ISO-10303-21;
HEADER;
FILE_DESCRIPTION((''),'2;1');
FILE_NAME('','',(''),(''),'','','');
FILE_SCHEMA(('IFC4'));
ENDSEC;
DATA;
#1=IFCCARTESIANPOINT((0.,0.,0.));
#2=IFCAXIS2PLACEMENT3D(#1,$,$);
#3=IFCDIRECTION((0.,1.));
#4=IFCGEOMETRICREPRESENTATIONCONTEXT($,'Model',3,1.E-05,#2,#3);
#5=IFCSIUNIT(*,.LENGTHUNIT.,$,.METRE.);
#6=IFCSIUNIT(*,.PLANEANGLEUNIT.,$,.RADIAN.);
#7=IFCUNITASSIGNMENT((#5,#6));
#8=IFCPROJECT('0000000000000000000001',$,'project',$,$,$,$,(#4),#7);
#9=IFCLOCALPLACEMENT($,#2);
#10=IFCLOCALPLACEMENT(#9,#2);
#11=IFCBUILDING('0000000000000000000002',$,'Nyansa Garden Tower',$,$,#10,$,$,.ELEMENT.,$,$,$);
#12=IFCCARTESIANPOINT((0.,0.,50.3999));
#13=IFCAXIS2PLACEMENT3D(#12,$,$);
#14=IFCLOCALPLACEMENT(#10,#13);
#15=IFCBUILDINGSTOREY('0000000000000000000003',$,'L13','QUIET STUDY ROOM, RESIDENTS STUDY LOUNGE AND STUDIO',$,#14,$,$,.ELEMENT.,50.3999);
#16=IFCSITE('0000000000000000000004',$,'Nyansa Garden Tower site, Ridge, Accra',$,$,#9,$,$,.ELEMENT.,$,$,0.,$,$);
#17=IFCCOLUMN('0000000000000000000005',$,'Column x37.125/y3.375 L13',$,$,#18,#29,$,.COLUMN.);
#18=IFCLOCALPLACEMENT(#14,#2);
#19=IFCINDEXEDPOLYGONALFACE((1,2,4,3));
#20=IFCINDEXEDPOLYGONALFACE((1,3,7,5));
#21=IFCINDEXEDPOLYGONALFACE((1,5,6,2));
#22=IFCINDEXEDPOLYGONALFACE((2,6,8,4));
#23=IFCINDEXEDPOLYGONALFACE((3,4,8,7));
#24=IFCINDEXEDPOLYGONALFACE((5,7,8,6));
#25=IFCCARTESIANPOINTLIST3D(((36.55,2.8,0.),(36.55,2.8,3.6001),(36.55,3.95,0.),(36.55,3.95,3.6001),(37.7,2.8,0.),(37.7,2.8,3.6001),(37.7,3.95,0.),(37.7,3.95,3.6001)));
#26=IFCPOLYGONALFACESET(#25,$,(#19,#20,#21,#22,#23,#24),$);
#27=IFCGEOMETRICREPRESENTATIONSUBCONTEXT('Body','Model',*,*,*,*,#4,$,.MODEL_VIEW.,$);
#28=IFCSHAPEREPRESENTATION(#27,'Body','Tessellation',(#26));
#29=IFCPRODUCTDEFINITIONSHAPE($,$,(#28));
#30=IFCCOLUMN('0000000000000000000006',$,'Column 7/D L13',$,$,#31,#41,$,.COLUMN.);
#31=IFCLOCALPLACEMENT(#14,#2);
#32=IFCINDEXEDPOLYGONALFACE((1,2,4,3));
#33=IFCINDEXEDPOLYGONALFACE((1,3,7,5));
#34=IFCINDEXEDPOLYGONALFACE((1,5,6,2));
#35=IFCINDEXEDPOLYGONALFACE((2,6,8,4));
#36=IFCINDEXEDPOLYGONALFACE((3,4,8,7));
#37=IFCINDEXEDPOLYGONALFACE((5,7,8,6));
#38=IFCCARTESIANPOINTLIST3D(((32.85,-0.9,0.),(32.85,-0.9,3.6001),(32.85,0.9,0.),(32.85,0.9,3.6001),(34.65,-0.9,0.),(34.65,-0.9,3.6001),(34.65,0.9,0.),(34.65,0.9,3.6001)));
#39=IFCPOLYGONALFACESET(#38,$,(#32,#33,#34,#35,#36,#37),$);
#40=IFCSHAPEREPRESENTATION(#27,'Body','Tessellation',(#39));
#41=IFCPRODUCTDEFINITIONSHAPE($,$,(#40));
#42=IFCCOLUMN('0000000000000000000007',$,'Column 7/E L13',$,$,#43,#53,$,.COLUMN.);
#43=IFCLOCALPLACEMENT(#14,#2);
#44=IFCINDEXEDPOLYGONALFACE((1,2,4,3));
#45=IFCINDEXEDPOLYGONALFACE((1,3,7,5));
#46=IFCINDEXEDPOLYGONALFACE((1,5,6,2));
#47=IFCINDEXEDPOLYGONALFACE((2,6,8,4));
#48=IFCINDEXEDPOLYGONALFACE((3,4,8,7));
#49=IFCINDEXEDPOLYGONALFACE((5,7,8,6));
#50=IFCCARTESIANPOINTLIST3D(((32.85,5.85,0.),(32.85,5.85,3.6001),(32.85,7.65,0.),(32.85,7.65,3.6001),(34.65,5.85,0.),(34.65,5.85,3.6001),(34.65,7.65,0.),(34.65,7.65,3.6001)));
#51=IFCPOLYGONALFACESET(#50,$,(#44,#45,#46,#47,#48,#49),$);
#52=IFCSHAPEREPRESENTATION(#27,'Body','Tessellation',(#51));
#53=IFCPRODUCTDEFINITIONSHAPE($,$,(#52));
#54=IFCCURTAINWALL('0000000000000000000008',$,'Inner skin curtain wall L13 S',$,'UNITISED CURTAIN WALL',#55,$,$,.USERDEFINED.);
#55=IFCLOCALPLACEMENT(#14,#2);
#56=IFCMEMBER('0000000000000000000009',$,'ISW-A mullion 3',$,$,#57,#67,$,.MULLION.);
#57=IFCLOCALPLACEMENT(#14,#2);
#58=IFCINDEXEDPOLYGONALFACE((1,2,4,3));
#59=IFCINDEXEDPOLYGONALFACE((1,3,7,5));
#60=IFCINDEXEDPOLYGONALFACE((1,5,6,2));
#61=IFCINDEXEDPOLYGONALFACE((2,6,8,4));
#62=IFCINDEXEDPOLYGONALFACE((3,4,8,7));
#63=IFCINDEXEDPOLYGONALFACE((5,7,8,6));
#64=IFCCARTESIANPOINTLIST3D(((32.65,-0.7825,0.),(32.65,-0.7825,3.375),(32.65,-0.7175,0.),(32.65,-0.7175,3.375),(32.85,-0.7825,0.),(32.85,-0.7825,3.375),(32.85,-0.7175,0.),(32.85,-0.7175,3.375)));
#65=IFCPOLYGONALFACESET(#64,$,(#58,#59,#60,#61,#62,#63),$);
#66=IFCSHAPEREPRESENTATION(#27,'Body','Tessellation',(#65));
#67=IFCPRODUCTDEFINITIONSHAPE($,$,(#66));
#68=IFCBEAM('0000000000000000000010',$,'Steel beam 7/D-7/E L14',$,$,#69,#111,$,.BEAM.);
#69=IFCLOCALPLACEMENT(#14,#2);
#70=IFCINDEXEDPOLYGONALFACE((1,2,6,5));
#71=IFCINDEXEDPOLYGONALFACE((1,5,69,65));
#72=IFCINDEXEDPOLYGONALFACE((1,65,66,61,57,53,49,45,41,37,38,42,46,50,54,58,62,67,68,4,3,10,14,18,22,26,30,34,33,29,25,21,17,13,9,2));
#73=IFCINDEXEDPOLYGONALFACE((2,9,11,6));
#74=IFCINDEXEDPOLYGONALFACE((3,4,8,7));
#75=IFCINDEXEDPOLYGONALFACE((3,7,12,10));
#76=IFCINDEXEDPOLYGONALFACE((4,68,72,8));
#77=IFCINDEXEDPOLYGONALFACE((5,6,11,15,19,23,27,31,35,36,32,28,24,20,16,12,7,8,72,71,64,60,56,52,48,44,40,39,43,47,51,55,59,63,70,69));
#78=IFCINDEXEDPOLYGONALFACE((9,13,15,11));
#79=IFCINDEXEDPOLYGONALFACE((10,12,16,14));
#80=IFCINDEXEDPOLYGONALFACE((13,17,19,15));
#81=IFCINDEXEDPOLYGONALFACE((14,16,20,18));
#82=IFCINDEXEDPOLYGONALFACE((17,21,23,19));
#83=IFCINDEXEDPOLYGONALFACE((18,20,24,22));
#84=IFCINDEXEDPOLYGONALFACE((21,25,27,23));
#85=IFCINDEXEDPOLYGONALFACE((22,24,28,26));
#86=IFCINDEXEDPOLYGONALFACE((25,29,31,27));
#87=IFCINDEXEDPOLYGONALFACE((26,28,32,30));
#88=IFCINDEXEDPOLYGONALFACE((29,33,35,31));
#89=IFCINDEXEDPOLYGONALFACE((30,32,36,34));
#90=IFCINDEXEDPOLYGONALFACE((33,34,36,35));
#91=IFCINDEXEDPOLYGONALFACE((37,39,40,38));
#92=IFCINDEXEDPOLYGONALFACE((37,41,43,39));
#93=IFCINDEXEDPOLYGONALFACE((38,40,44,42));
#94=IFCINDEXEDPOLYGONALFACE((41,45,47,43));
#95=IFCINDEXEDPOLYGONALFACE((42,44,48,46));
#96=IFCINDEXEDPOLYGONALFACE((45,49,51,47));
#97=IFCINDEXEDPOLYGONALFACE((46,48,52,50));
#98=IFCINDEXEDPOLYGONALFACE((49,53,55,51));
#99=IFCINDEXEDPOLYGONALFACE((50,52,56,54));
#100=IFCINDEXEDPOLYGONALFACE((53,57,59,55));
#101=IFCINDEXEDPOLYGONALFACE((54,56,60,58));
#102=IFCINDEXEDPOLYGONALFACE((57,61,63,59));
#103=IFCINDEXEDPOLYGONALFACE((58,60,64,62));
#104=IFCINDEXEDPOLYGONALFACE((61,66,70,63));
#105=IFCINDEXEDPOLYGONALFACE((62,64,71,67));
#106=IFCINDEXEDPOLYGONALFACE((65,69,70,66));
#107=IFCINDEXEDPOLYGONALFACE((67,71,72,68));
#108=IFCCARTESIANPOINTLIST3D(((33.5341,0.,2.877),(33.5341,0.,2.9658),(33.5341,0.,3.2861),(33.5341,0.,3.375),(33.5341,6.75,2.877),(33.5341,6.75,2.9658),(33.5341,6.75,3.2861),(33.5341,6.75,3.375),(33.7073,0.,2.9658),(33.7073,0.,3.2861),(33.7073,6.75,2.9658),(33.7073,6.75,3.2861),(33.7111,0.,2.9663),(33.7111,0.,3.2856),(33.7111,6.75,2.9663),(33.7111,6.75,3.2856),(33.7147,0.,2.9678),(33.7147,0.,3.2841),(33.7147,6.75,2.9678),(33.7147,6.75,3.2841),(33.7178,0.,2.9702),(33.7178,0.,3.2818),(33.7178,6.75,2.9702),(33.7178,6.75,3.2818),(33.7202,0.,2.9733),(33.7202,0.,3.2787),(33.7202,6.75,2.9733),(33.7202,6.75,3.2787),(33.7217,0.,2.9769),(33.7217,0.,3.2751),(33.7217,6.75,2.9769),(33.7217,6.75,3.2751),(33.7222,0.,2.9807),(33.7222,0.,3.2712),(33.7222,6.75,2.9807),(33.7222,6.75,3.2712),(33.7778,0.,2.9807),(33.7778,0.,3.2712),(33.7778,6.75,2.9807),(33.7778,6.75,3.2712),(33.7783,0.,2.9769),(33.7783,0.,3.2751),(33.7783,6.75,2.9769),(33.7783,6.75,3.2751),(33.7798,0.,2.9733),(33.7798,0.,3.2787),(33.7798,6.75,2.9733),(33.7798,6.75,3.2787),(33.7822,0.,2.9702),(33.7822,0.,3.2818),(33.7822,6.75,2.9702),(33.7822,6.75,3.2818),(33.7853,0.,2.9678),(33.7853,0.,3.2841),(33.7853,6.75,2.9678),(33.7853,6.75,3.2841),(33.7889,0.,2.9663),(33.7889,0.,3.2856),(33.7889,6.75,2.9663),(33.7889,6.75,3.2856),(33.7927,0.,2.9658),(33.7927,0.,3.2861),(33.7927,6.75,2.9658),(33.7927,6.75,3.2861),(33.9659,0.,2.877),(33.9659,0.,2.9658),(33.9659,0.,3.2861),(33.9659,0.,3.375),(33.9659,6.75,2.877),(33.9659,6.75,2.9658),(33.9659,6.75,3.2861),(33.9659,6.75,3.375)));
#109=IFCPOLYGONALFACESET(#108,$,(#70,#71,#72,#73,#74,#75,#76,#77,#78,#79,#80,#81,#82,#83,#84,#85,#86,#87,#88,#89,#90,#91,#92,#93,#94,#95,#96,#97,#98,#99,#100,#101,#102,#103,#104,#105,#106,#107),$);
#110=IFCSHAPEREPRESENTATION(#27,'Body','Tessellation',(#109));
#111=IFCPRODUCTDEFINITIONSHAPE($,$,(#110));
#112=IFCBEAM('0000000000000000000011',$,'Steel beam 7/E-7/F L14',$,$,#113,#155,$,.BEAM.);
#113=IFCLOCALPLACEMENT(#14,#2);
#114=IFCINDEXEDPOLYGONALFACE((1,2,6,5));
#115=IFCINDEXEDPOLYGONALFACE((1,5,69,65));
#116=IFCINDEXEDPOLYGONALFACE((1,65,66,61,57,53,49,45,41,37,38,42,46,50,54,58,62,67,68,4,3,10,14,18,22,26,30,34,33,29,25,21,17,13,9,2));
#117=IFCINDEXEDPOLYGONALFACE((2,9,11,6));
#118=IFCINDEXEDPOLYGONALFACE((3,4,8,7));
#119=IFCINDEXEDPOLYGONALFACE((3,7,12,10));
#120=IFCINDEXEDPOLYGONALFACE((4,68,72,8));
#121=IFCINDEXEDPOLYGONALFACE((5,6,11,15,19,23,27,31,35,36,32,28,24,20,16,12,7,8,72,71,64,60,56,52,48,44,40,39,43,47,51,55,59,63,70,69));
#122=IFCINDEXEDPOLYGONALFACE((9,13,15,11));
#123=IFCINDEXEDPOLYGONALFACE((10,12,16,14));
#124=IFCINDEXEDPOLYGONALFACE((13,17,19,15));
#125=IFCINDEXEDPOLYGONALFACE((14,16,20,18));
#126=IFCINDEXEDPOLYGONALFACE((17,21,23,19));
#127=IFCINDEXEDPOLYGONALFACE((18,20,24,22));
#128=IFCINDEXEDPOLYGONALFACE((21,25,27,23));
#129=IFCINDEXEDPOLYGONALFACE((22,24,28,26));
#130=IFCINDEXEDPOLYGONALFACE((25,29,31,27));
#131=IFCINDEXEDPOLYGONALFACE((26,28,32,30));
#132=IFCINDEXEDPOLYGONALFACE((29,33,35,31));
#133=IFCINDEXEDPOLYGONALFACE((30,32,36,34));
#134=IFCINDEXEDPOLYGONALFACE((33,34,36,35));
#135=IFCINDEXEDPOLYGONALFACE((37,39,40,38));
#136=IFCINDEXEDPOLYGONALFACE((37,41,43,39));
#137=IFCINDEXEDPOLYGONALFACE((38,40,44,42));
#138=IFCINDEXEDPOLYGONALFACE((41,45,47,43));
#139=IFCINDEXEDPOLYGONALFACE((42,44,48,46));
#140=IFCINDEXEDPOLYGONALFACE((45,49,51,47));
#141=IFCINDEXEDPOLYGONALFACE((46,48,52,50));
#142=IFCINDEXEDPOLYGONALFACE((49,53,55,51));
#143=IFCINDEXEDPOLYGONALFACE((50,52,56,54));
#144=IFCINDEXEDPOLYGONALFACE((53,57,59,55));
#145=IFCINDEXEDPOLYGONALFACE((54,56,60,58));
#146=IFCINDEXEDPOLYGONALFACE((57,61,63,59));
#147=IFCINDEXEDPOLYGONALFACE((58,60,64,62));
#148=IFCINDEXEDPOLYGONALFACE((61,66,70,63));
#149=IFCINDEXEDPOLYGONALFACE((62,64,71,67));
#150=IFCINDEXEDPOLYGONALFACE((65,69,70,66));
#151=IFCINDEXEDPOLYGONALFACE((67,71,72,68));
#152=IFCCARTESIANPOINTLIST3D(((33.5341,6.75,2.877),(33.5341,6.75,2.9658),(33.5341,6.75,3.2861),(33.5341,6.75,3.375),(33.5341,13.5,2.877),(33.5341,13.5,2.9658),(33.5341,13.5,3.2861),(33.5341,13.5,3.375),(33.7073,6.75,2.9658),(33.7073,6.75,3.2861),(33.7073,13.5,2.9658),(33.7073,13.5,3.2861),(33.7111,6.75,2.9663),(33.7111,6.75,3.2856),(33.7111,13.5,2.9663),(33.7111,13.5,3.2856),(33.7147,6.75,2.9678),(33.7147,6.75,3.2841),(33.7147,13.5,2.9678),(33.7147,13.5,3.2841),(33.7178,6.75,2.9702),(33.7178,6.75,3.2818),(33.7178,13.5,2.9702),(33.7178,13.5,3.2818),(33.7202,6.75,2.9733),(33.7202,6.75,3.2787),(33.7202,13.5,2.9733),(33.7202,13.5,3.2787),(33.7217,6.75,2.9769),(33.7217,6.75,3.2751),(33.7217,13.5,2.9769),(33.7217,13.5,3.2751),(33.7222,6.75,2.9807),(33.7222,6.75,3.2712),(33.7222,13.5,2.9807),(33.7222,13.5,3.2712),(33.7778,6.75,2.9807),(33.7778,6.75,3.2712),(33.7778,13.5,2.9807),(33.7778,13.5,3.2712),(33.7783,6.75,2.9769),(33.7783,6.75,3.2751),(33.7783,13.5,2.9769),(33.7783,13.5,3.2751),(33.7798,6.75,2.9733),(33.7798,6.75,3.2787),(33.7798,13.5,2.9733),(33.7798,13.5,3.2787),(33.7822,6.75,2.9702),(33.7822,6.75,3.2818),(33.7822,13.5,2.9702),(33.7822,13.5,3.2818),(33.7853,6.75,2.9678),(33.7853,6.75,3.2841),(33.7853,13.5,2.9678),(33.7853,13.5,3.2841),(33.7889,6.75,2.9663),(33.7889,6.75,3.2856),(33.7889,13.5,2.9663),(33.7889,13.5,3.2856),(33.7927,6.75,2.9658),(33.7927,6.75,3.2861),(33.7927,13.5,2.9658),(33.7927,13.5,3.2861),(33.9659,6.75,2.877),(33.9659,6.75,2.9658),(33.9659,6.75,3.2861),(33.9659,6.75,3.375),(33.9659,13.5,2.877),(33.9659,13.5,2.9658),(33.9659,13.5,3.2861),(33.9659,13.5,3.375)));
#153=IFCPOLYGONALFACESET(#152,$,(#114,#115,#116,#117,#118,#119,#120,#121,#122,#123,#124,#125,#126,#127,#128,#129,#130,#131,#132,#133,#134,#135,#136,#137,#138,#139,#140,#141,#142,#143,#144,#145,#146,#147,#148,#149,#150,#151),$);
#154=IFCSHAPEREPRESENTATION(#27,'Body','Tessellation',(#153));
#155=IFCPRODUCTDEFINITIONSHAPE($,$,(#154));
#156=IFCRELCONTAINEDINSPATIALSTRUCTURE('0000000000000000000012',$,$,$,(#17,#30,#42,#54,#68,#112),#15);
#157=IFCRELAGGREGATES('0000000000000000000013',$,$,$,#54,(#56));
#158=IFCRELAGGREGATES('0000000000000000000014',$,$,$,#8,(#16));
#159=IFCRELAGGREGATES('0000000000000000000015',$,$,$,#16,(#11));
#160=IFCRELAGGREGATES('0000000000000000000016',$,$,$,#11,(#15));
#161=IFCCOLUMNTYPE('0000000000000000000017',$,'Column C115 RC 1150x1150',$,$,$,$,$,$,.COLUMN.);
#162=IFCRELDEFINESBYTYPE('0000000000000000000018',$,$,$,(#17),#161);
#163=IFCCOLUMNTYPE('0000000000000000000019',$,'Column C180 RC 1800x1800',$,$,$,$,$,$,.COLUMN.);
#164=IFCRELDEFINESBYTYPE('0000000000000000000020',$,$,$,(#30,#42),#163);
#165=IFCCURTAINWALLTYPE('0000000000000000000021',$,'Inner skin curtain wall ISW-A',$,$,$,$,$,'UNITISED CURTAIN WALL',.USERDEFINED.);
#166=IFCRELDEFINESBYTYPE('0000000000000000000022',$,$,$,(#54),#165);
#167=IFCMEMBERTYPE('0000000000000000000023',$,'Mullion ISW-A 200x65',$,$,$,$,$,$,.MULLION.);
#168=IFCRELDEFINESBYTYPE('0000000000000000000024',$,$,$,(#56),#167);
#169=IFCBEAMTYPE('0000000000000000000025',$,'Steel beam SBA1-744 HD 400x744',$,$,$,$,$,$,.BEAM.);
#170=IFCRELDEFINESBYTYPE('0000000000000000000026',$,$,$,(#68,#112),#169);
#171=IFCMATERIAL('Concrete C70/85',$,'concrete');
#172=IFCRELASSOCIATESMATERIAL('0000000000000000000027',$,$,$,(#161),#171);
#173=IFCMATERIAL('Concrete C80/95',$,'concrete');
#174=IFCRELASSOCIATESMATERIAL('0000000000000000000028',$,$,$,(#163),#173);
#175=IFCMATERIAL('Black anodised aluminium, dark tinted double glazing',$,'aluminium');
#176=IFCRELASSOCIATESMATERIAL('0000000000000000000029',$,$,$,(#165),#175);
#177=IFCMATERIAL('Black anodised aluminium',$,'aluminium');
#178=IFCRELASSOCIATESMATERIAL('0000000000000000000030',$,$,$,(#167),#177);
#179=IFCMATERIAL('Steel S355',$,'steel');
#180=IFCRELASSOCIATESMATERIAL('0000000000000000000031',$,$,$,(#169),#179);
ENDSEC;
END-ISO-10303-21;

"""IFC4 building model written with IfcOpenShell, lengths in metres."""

from ifc_helpers import new_model, si_unit, direction, frame, origin, origin_2d, place, context, subcontext, project, spatial, rectangle, i_section, extrude, material, material_profile, profile_set, type_object, element, aggregate, save


model = new_model("IFC4")

# Units and contexts
model_context = context("Model", 3, precision=1e-05, world=origin(), true_north=direction((0.0, 1.0)))
body_context = subcontext(model_context, "Body", "Model", "MODEL_VIEW")
ifc_project = project(units=[si_unit("LENGTHUNIT", "METRE"), si_unit("PLANEANGLEUNIT", "RADIAN")], contexts=[model_context])

# Site, building, storey
site_placement = place(None, origin())
site = spatial("IfcSite", under=ifc_project, at=site_placement, Name="Nyansa Garden Tower site, Ridge, Accra", CompositionType="ELEMENT", RefElevation=0.0)
building_placement = place(site_placement, origin())
building = spatial("IfcBuilding", under=site, at=building_placement, Name="Nyansa Garden Tower", CompositionType="ELEMENT")
storey_placement = place(building_placement, frame((0.0, 0.0, 50.3999)))
storey = spatial("IfcBuildingStorey", under=building, at=storey_placement, Name="L13", Description="QUIET STUDY ROOM, RESIDENTS STUDY LOUNGE AND STUDIO", CompositionType="ELEMENT", Elevation=50.3999)

# Columns
ifc_material_1 = material(Name="Concrete C70/85", Category="concrete")
ifc_material_profile_1 = material_profile(ifc_material_1, rectangle(XDim=1.1499, YDim=1.1499, at=origin_2d()), Name="RC 1150x1150")
ifc_profile_set_1 = profile_set([ifc_material_profile_1], Name="Concrete C70/85")
column_type_1 = type_object("IfcColumnType", Name="Column C115 RC 1150x1150", PredefinedType="COLUMN", material=ifc_profile_set_1)
column_placement = place(storey_placement, frame((37.125, 3.375, 0.0), z_axis=(0.0, 0.0, 1.0), x_axis=(1.0, 0.0, 0.0)))
element("IfcColumn", 1, at=column_placement, inside=storey, type_object=column_type_1, Name="Column x37.125/y3.375 L13", PredefinedType="COLUMN", context=body_context, shape_type="SweptSolid", body=[
    extrude(rectangle(XDim=1.1499, YDim=1.1499, at=origin_2d()), origin(), (0.0, 0.0, 1.0), 3.6001),
])
ifc_material_2 = material(Name="Concrete C80/95", Category="concrete")
ifc_material_profile_2 = material_profile(ifc_material_2, rectangle(XDim=1.8, YDim=1.8, at=origin_2d()), Name="RC 1800x1800")
ifc_profile_set_2 = profile_set([ifc_material_profile_2], Name="Concrete C80/95")
column_type_2 = type_object("IfcColumnType", Name="Column C180 RC 1800x1800", PredefinedType="COLUMN", material=ifc_profile_set_2)
for number, where, z_axis, x_axis, name in (
    (2, (33.75, 0.0, 0.0), (0.0, 0.0, 1.0), (1.0, 0.0, 0.0), "Column 7/D L13"),
    (3, (33.75, 6.75, 0.0), (0.0, 0.0, 1.0), (1.0, 0.0, 0.0), "Column 7/E L13"),
):
    element("IfcColumn", number, at=place(storey_placement, frame(where, z_axis=z_axis, x_axis=x_axis)), inside=storey, type_object=column_type_2, Name=name, PredefinedType="COLUMN", context=body_context, shape_type="SweptSolid", body=[
        extrude(rectangle(XDim=1.8, YDim=1.8, at=origin_2d()), origin(), (0.0, 0.0, 1.0), 3.6001),
    ])

# Curtain wall, member
ifc_material_3 = material(Name="Black anodised aluminium, dark tinted double glazing", Category="aluminium")
curtain_wall_type = type_object("IfcCurtainWallType", Name="Inner skin curtain wall ISW-A", ElementType="UNITISED CURTAIN WALL", PredefinedType="USERDEFINED", material=ifc_material_3)
curtain_wall_placement = place(storey_placement, origin())
curtain_wall = element("IfcCurtainWall", 4, at=curtain_wall_placement, inside=storey, type_object=curtain_wall_type, Name="Inner skin curtain wall L13 S", ObjectType="UNITISED CURTAIN WALL", PredefinedType="USERDEFINED")
ifc_material_4 = material(Name="Black anodised aluminium", Category="aluminium")
ifc_material_profile_3 = material_profile(ifc_material_4, rectangle(XDim=0.0649, YDim=0.2, at=origin_2d()), Name="Mullion 200x65")
ifc_profile_set_3 = profile_set([ifc_material_profile_3], Name="Black anodised aluminium")
member_type = type_object("IfcMemberType", Name="Mullion ISW-A 200x65", PredefinedType="MULLION", material=ifc_profile_set_3)
member_placement = place(storey_placement, frame((32.75, -0.75, 0.0), z_axis=(0.0, 0.0, 1.0), x_axis=(0.0, 1.0, 0.0)))
member = element("IfcMember", 5, at=member_placement, type_object=member_type, Name="ISW-A mullion 3", PredefinedType="MULLION", context=body_context, shape_type="SweptSolid", body=[
    extrude(rectangle(XDim=0.0649, YDim=0.2, at=origin_2d()), origin(), (0.0, 0.0, 1.0), 3.375),
])

# Beams
ifc_material_5 = material(Name="Steel S355", Category="steel")
ifc_material_profile_4 = material_profile(ifc_material_5, i_section(OverallWidth=0.4319, OverallDepth=0.498, WebThickness=0.0557, FlangeThickness=0.0889, FilletRadius=0.0149, at=origin_2d()), Name="HD 400x744")
ifc_profile_set_4 = profile_set([ifc_material_profile_4], Name="Steel S355")
beam_type_1 = type_object("IfcBeamType", Name="Steel beam SBA1-744 HD 400x744", PredefinedType="BEAM", material=ifc_profile_set_4)
for number, where, z_axis, x_axis, name in (
    (6, (33.75, 0.0, 3.126), (0.0, 1.0, 0.0), (-1.0, 0.0, 0.0), "Steel beam 7/D-7/E L14"),
    (7, (33.75, 6.75, 3.126), (0.0, 1.0, 0.0), (-1.0, 0.0, 0.0), "Steel beam 7/E-7/F L14"),
):
    element("IfcBeam", number, at=place(storey_placement, frame(where, z_axis=z_axis, x_axis=x_axis)), inside=storey, type_object=beam_type_1, Name=name, PredefinedType="BEAM", context=body_context, shape_type="SweptSolid", body=[
        extrude(i_section(OverallWidth=0.4319, OverallDepth=0.498, WebThickness=0.0557, FlangeThickness=0.0889, FilletRadius=0.0149, at=origin_2d()), origin(), (0.0, 0.0, 1.0), 6.75),
    ])

aggregate(curtain_wall, [member])

save(model, "model.ifc")
